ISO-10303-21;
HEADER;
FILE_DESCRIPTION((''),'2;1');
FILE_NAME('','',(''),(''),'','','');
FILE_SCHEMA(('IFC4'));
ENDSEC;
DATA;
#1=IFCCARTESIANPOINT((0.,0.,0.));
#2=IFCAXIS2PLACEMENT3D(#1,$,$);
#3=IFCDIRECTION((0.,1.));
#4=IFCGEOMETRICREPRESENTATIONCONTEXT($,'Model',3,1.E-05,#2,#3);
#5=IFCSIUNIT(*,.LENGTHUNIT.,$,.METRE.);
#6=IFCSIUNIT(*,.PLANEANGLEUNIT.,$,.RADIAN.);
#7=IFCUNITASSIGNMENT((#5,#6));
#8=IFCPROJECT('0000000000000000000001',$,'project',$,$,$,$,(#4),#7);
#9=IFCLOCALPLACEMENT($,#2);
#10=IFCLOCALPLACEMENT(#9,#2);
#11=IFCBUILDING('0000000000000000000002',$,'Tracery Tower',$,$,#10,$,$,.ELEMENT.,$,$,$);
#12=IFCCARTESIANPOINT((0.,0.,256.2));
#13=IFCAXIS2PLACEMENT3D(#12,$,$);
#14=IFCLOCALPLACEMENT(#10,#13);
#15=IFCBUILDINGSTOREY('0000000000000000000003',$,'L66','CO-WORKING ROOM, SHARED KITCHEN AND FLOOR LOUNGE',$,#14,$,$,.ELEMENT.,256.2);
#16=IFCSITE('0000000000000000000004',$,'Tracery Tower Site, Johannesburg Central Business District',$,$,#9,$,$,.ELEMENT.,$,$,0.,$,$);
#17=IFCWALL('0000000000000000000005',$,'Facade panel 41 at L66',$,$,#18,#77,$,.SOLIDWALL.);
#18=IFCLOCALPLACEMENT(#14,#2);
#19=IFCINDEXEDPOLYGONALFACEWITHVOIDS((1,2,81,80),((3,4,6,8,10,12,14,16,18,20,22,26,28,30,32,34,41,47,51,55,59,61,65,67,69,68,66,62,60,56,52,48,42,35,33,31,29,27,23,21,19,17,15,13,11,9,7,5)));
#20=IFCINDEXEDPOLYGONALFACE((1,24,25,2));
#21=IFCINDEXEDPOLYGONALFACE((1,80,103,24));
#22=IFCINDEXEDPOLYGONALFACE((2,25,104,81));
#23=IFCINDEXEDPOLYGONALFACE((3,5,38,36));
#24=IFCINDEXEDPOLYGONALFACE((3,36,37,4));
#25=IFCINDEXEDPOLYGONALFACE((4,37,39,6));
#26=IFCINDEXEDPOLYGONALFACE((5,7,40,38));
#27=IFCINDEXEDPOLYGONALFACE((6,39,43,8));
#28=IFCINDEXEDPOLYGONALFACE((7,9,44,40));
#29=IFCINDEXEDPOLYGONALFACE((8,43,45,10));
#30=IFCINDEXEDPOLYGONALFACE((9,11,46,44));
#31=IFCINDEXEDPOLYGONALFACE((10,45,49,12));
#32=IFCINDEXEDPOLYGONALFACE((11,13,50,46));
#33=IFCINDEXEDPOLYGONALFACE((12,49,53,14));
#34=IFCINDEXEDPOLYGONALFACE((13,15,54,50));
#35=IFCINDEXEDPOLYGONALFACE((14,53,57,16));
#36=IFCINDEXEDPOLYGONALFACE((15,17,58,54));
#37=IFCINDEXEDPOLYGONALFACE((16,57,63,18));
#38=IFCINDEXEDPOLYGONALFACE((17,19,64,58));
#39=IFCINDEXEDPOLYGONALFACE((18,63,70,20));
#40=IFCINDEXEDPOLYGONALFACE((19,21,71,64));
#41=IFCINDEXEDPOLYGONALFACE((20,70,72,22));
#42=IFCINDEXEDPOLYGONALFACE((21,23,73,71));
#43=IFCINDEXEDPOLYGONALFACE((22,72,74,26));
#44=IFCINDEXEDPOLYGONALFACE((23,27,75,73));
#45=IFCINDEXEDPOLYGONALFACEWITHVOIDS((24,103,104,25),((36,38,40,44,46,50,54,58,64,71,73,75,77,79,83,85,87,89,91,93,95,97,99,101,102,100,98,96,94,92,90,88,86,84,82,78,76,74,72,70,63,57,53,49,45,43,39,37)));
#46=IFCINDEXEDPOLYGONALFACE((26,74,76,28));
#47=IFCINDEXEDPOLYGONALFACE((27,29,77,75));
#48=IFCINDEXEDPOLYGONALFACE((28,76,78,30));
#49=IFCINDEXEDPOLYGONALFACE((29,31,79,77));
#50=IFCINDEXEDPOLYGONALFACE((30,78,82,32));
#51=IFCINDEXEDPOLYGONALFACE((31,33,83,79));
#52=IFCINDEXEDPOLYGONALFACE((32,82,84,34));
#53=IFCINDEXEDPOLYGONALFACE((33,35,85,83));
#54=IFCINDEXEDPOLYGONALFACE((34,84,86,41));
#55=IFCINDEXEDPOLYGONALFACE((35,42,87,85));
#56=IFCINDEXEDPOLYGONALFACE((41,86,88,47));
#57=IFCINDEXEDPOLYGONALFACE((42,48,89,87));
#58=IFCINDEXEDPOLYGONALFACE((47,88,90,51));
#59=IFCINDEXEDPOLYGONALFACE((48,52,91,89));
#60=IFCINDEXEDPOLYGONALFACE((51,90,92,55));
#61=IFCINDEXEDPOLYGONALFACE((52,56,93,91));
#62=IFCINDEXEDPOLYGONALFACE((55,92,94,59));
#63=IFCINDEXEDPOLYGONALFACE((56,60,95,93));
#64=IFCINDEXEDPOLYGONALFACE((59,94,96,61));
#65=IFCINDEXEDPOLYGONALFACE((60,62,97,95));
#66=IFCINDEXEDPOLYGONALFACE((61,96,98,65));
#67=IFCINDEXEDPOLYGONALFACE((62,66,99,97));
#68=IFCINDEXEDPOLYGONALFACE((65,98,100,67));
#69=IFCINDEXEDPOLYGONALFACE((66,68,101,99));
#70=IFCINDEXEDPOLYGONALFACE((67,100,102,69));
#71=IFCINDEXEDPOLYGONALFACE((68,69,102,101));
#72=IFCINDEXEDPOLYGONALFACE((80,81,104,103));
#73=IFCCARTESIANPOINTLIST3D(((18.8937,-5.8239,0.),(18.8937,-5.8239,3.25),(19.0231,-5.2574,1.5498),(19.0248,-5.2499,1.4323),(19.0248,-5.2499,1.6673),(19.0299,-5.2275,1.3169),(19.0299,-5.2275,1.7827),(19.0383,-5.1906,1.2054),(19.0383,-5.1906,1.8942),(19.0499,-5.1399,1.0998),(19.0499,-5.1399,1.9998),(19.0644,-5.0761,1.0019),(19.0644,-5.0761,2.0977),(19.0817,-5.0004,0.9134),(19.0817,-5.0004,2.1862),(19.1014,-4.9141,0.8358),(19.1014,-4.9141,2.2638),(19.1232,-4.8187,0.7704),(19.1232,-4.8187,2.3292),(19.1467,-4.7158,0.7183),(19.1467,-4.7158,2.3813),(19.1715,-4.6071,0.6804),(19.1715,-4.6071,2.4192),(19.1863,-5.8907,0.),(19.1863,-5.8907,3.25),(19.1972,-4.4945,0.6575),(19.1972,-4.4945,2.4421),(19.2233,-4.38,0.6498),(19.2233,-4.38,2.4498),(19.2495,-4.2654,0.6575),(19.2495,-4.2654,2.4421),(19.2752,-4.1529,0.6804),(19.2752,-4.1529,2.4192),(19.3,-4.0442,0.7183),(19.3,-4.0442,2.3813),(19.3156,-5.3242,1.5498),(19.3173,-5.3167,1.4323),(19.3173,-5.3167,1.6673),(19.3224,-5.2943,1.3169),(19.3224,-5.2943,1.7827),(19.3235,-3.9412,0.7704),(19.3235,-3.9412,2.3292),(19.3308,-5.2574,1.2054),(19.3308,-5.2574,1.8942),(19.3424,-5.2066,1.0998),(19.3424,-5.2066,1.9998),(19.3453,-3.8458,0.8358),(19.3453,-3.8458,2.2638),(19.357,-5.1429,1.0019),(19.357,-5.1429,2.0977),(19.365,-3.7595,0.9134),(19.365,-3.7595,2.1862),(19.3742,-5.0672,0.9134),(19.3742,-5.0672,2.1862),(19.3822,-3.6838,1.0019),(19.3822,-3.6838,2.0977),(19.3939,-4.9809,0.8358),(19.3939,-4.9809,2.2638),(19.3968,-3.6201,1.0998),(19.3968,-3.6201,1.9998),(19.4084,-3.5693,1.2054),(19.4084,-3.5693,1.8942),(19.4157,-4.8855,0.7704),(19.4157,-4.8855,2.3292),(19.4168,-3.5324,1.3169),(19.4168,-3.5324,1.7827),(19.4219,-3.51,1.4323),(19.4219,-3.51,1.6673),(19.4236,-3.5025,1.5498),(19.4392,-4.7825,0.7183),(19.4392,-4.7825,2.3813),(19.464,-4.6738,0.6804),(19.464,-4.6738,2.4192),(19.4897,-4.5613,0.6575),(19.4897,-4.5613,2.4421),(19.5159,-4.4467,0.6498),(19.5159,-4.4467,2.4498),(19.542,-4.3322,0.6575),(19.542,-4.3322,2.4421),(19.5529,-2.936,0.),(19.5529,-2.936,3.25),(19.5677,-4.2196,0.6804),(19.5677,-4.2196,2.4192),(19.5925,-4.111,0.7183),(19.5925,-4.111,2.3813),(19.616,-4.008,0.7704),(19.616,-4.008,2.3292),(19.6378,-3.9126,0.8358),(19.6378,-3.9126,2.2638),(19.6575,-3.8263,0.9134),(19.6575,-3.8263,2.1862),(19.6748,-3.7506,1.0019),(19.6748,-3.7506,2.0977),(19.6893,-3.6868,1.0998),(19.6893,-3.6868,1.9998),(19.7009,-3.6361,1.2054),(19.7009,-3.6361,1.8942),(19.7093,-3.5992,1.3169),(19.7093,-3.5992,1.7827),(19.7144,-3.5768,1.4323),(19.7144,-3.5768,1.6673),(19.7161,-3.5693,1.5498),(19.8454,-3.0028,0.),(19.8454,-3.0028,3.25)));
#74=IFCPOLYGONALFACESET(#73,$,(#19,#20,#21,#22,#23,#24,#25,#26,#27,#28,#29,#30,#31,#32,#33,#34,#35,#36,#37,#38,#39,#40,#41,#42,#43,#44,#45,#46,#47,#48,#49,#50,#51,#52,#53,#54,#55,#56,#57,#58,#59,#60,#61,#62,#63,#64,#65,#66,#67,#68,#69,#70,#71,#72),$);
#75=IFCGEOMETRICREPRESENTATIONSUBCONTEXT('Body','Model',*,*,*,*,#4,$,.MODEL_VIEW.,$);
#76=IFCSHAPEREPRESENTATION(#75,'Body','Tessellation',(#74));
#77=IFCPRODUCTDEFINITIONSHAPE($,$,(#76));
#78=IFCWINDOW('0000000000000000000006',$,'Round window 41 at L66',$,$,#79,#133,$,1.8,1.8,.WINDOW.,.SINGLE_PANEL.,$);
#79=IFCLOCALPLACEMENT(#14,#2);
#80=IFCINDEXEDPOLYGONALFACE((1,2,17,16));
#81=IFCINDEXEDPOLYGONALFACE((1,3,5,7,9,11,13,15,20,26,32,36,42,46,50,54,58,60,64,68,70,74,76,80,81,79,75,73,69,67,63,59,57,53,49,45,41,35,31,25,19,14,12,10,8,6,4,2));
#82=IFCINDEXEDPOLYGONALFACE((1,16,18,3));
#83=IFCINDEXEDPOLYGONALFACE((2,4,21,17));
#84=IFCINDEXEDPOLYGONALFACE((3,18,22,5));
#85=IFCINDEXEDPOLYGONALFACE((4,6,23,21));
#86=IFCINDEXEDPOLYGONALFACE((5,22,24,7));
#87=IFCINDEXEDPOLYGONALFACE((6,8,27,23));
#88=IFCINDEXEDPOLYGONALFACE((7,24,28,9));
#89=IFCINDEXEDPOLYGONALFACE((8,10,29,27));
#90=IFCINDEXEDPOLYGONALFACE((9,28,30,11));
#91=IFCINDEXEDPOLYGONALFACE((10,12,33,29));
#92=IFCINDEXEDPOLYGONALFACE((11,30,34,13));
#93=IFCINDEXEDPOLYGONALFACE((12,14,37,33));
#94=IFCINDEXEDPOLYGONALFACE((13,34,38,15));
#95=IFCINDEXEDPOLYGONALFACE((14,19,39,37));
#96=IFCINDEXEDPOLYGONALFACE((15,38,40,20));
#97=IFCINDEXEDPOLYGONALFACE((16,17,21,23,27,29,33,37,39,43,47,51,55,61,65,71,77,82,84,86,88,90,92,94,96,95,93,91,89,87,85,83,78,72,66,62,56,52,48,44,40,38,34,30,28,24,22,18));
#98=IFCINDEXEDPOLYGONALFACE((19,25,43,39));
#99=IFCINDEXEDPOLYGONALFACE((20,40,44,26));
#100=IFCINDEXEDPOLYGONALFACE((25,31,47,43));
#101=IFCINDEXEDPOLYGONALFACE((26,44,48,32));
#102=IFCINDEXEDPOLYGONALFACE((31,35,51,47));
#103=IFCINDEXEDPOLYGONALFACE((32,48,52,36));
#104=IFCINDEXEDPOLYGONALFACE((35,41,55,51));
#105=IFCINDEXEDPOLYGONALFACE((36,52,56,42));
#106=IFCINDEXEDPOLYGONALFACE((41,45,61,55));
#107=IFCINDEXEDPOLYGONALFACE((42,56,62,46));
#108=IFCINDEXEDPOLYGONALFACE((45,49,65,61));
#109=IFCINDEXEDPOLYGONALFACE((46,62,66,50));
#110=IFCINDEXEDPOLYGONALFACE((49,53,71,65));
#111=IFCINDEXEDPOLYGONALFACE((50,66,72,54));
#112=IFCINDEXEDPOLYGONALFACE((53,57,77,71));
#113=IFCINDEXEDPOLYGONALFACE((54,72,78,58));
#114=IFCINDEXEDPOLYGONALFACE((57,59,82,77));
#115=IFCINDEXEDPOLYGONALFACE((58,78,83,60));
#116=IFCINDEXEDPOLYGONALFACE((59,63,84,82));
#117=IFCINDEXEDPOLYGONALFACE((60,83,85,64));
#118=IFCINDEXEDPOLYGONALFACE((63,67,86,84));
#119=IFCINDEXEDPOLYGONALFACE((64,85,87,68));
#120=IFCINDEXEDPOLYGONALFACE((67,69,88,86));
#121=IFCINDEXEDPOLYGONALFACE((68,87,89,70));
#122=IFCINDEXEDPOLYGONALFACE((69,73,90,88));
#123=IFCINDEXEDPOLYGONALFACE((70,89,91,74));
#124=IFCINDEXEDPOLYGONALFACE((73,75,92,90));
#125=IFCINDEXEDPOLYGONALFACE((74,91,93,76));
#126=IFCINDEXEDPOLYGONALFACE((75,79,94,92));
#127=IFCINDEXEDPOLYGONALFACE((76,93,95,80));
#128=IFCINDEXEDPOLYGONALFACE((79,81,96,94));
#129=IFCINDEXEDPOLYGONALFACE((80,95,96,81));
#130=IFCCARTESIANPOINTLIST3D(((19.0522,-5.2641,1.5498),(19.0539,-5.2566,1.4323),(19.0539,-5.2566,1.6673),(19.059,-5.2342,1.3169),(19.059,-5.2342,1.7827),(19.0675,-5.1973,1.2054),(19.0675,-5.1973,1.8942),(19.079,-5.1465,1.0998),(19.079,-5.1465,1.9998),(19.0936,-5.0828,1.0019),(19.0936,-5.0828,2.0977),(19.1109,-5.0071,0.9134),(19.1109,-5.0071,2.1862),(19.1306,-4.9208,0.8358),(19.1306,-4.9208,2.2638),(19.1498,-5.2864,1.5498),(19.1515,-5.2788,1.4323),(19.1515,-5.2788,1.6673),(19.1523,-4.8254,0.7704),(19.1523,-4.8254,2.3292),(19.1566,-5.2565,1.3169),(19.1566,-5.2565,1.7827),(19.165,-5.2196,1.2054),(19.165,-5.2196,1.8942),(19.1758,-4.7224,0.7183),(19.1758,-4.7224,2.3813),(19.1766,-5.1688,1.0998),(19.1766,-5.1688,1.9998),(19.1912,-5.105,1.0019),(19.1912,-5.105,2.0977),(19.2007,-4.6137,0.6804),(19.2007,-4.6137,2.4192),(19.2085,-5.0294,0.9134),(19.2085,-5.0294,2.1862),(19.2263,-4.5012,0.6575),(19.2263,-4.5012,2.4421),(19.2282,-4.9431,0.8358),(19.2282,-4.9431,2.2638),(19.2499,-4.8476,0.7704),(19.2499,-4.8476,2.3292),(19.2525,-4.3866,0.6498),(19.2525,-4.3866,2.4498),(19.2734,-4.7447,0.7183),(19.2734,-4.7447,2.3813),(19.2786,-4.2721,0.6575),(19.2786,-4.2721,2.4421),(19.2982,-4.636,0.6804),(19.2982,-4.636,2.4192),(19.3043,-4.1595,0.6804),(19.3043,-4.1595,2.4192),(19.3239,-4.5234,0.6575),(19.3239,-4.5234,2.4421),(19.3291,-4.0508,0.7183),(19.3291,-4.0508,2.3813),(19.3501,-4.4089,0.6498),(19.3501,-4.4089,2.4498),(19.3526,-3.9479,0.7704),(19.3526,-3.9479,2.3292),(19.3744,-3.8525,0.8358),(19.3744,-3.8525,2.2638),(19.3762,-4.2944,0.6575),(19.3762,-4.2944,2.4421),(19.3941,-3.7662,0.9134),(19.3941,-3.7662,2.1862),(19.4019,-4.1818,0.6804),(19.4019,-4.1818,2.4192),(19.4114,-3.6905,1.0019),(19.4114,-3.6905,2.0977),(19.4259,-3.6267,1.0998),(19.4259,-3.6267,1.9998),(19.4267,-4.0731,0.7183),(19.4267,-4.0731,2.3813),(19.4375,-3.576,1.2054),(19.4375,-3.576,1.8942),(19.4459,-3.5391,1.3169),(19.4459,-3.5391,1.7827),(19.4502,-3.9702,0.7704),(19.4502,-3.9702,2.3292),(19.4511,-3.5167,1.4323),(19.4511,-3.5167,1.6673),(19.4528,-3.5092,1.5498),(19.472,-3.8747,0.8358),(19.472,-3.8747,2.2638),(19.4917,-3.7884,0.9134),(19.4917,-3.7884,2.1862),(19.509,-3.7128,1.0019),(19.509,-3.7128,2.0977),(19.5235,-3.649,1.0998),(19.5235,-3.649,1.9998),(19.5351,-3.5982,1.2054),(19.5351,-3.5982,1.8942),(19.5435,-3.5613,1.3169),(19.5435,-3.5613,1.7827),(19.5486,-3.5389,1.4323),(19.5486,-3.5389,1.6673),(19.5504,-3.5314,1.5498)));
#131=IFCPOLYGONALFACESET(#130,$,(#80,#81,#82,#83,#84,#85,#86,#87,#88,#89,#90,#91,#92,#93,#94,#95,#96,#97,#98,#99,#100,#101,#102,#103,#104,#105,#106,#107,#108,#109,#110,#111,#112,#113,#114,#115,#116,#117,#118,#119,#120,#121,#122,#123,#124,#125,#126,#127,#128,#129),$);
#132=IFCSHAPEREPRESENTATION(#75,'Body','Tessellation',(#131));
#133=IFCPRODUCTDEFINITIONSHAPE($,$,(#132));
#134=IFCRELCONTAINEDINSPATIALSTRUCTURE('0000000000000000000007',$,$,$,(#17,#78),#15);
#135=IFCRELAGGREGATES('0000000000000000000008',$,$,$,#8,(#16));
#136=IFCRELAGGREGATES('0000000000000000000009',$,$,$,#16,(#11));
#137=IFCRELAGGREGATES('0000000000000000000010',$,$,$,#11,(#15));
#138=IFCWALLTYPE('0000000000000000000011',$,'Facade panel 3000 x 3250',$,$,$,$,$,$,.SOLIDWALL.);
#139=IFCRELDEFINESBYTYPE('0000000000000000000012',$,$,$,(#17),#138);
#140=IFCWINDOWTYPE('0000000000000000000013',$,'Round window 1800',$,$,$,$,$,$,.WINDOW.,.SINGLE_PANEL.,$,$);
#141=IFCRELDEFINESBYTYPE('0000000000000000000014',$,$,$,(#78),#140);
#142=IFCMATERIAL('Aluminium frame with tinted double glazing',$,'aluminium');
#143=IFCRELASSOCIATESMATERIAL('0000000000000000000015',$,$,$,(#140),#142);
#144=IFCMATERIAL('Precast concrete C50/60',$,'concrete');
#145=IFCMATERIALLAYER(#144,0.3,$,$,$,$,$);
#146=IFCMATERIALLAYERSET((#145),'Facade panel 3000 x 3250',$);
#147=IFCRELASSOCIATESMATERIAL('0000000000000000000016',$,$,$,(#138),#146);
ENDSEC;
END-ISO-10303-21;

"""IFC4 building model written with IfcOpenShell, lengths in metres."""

from ifc_helpers import new_model, si_unit, direction, frame, frame_2d, origin, origin_2d, place, context, subcontext, project, spatial, rectangle, circle, extrude, material, layer, layer_set, type_object, element, fill, save


model = new_model("IFC4")

# Units and contexts
model_context = context("Model", 3, precision=1e-05, world=origin(), true_north=direction((0.0, 1.0)))
body_context = subcontext(model_context, "Body", "Model", "MODEL_VIEW")
ifc_project = project(units=[si_unit("LENGTHUNIT", "METRE"), si_unit("PLANEANGLEUNIT", "RADIAN")], contexts=[model_context])

# Site, building, storey
site_placement = place(None, origin())
site = spatial("IfcSite", under=ifc_project, at=site_placement, Name="Tracery Tower Site, Johannesburg Central Business District", CompositionType="ELEMENT", RefElevation=0.0)
building_placement = place(site_placement, origin())
building = spatial("IfcBuilding", under=site, at=building_placement, Name="Tracery Tower", CompositionType="ELEMENT")
storey_placement = place(building_placement, frame((0.0, 0.0, 256.2)))
storey = spatial("IfcBuildingStorey", under=building, at=storey_placement, Name="L66", Description="CO-WORKING ROOM, SHARED KITCHEN AND FLOOR LOUNGE", CompositionType="ELEMENT", Elevation=256.2)

# Wall, opening, window
ifc_material_1 = material(Name="Aluminium frame with tinted double glazing", Category="aluminium")
window_type = type_object("IfcWindowType", Name="Round window 1800", PartitioningType="SINGLE_PANEL", PredefinedType="WINDOW", material=ifc_material_1)
ifc_material_2 = material(Name="Precast concrete C50/60", Category="concrete")
ifc_layer_1 = layer(ifc_material_2, 0.3)
ifc_layer_set_1 = layer_set([ifc_layer_1], Name="Facade panel 3000 x 3250")
wall_type_1 = type_object("IfcWallType", Name="Facade panel 3000 x 3250", PredefinedType="SOLIDWALL", material=ifc_layer_set_1)
wall_1_placement = place(storey_placement, frame((19.04, -5.8572, 0.0), z_axis=(0.0, 0.0, 1.0), x_axis=(0.222529, 0.974926, 0.0)))
wall_1 = element("IfcWall", 1, at=wall_1_placement, inside=storey, type_object=wall_type_1, Name="Facade panel 41 at L66", PredefinedType="SOLIDWALL", context=body_context, shape_type="SweptSolid", body=[
    extrude(rectangle(XDim=2.9622, YDim=0.3, at=frame_2d((1.481, 0.0))), origin(), (0.0, 0.0, 1.0), 3.25),
])
opening_1_placement = place(wall_1_placement, frame((1.481, 0.0, 1.5498)))
opening_1 = element("IfcOpeningElement", 2, at=opening_1_placement, cuts=wall_1, PredefinedType="OPENING", context=body_context, shape_type="SweptSolid", body=[
    extrude(circle(Radius=0.9, at=origin_2d()), frame((0.0, 0.1599, 0.0), z_axis=(0.0, -1.0, 0.0), x_axis=(1.0, 0.0, 0.0)), (0.0, 0.0, 1.0), 0.3201),
])
window_1_placement = place(opening_1_placement, origin())
window_1 = element("IfcWindow", 3, at=window_1_placement, inside=storey, type_object=window_type, Name="Round window 41 at L66", OverallHeight=1.8, OverallWidth=1.8, PartitioningType="SINGLE_PANEL", PredefinedType="WINDOW", context=body_context, shape_type="SweptSolid", body=[
    extrude(circle(Radius=0.9, at=origin_2d()), frame((0.0, 0.1201, 0.0), z_axis=(0.0, -1.0, 0.0), x_axis=(1.0, 0.0, 0.0)), (0.0, 0.0, 1.0), 0.1001),
])
fill(opening_1, window_1)

save(model, "model.ifc")
